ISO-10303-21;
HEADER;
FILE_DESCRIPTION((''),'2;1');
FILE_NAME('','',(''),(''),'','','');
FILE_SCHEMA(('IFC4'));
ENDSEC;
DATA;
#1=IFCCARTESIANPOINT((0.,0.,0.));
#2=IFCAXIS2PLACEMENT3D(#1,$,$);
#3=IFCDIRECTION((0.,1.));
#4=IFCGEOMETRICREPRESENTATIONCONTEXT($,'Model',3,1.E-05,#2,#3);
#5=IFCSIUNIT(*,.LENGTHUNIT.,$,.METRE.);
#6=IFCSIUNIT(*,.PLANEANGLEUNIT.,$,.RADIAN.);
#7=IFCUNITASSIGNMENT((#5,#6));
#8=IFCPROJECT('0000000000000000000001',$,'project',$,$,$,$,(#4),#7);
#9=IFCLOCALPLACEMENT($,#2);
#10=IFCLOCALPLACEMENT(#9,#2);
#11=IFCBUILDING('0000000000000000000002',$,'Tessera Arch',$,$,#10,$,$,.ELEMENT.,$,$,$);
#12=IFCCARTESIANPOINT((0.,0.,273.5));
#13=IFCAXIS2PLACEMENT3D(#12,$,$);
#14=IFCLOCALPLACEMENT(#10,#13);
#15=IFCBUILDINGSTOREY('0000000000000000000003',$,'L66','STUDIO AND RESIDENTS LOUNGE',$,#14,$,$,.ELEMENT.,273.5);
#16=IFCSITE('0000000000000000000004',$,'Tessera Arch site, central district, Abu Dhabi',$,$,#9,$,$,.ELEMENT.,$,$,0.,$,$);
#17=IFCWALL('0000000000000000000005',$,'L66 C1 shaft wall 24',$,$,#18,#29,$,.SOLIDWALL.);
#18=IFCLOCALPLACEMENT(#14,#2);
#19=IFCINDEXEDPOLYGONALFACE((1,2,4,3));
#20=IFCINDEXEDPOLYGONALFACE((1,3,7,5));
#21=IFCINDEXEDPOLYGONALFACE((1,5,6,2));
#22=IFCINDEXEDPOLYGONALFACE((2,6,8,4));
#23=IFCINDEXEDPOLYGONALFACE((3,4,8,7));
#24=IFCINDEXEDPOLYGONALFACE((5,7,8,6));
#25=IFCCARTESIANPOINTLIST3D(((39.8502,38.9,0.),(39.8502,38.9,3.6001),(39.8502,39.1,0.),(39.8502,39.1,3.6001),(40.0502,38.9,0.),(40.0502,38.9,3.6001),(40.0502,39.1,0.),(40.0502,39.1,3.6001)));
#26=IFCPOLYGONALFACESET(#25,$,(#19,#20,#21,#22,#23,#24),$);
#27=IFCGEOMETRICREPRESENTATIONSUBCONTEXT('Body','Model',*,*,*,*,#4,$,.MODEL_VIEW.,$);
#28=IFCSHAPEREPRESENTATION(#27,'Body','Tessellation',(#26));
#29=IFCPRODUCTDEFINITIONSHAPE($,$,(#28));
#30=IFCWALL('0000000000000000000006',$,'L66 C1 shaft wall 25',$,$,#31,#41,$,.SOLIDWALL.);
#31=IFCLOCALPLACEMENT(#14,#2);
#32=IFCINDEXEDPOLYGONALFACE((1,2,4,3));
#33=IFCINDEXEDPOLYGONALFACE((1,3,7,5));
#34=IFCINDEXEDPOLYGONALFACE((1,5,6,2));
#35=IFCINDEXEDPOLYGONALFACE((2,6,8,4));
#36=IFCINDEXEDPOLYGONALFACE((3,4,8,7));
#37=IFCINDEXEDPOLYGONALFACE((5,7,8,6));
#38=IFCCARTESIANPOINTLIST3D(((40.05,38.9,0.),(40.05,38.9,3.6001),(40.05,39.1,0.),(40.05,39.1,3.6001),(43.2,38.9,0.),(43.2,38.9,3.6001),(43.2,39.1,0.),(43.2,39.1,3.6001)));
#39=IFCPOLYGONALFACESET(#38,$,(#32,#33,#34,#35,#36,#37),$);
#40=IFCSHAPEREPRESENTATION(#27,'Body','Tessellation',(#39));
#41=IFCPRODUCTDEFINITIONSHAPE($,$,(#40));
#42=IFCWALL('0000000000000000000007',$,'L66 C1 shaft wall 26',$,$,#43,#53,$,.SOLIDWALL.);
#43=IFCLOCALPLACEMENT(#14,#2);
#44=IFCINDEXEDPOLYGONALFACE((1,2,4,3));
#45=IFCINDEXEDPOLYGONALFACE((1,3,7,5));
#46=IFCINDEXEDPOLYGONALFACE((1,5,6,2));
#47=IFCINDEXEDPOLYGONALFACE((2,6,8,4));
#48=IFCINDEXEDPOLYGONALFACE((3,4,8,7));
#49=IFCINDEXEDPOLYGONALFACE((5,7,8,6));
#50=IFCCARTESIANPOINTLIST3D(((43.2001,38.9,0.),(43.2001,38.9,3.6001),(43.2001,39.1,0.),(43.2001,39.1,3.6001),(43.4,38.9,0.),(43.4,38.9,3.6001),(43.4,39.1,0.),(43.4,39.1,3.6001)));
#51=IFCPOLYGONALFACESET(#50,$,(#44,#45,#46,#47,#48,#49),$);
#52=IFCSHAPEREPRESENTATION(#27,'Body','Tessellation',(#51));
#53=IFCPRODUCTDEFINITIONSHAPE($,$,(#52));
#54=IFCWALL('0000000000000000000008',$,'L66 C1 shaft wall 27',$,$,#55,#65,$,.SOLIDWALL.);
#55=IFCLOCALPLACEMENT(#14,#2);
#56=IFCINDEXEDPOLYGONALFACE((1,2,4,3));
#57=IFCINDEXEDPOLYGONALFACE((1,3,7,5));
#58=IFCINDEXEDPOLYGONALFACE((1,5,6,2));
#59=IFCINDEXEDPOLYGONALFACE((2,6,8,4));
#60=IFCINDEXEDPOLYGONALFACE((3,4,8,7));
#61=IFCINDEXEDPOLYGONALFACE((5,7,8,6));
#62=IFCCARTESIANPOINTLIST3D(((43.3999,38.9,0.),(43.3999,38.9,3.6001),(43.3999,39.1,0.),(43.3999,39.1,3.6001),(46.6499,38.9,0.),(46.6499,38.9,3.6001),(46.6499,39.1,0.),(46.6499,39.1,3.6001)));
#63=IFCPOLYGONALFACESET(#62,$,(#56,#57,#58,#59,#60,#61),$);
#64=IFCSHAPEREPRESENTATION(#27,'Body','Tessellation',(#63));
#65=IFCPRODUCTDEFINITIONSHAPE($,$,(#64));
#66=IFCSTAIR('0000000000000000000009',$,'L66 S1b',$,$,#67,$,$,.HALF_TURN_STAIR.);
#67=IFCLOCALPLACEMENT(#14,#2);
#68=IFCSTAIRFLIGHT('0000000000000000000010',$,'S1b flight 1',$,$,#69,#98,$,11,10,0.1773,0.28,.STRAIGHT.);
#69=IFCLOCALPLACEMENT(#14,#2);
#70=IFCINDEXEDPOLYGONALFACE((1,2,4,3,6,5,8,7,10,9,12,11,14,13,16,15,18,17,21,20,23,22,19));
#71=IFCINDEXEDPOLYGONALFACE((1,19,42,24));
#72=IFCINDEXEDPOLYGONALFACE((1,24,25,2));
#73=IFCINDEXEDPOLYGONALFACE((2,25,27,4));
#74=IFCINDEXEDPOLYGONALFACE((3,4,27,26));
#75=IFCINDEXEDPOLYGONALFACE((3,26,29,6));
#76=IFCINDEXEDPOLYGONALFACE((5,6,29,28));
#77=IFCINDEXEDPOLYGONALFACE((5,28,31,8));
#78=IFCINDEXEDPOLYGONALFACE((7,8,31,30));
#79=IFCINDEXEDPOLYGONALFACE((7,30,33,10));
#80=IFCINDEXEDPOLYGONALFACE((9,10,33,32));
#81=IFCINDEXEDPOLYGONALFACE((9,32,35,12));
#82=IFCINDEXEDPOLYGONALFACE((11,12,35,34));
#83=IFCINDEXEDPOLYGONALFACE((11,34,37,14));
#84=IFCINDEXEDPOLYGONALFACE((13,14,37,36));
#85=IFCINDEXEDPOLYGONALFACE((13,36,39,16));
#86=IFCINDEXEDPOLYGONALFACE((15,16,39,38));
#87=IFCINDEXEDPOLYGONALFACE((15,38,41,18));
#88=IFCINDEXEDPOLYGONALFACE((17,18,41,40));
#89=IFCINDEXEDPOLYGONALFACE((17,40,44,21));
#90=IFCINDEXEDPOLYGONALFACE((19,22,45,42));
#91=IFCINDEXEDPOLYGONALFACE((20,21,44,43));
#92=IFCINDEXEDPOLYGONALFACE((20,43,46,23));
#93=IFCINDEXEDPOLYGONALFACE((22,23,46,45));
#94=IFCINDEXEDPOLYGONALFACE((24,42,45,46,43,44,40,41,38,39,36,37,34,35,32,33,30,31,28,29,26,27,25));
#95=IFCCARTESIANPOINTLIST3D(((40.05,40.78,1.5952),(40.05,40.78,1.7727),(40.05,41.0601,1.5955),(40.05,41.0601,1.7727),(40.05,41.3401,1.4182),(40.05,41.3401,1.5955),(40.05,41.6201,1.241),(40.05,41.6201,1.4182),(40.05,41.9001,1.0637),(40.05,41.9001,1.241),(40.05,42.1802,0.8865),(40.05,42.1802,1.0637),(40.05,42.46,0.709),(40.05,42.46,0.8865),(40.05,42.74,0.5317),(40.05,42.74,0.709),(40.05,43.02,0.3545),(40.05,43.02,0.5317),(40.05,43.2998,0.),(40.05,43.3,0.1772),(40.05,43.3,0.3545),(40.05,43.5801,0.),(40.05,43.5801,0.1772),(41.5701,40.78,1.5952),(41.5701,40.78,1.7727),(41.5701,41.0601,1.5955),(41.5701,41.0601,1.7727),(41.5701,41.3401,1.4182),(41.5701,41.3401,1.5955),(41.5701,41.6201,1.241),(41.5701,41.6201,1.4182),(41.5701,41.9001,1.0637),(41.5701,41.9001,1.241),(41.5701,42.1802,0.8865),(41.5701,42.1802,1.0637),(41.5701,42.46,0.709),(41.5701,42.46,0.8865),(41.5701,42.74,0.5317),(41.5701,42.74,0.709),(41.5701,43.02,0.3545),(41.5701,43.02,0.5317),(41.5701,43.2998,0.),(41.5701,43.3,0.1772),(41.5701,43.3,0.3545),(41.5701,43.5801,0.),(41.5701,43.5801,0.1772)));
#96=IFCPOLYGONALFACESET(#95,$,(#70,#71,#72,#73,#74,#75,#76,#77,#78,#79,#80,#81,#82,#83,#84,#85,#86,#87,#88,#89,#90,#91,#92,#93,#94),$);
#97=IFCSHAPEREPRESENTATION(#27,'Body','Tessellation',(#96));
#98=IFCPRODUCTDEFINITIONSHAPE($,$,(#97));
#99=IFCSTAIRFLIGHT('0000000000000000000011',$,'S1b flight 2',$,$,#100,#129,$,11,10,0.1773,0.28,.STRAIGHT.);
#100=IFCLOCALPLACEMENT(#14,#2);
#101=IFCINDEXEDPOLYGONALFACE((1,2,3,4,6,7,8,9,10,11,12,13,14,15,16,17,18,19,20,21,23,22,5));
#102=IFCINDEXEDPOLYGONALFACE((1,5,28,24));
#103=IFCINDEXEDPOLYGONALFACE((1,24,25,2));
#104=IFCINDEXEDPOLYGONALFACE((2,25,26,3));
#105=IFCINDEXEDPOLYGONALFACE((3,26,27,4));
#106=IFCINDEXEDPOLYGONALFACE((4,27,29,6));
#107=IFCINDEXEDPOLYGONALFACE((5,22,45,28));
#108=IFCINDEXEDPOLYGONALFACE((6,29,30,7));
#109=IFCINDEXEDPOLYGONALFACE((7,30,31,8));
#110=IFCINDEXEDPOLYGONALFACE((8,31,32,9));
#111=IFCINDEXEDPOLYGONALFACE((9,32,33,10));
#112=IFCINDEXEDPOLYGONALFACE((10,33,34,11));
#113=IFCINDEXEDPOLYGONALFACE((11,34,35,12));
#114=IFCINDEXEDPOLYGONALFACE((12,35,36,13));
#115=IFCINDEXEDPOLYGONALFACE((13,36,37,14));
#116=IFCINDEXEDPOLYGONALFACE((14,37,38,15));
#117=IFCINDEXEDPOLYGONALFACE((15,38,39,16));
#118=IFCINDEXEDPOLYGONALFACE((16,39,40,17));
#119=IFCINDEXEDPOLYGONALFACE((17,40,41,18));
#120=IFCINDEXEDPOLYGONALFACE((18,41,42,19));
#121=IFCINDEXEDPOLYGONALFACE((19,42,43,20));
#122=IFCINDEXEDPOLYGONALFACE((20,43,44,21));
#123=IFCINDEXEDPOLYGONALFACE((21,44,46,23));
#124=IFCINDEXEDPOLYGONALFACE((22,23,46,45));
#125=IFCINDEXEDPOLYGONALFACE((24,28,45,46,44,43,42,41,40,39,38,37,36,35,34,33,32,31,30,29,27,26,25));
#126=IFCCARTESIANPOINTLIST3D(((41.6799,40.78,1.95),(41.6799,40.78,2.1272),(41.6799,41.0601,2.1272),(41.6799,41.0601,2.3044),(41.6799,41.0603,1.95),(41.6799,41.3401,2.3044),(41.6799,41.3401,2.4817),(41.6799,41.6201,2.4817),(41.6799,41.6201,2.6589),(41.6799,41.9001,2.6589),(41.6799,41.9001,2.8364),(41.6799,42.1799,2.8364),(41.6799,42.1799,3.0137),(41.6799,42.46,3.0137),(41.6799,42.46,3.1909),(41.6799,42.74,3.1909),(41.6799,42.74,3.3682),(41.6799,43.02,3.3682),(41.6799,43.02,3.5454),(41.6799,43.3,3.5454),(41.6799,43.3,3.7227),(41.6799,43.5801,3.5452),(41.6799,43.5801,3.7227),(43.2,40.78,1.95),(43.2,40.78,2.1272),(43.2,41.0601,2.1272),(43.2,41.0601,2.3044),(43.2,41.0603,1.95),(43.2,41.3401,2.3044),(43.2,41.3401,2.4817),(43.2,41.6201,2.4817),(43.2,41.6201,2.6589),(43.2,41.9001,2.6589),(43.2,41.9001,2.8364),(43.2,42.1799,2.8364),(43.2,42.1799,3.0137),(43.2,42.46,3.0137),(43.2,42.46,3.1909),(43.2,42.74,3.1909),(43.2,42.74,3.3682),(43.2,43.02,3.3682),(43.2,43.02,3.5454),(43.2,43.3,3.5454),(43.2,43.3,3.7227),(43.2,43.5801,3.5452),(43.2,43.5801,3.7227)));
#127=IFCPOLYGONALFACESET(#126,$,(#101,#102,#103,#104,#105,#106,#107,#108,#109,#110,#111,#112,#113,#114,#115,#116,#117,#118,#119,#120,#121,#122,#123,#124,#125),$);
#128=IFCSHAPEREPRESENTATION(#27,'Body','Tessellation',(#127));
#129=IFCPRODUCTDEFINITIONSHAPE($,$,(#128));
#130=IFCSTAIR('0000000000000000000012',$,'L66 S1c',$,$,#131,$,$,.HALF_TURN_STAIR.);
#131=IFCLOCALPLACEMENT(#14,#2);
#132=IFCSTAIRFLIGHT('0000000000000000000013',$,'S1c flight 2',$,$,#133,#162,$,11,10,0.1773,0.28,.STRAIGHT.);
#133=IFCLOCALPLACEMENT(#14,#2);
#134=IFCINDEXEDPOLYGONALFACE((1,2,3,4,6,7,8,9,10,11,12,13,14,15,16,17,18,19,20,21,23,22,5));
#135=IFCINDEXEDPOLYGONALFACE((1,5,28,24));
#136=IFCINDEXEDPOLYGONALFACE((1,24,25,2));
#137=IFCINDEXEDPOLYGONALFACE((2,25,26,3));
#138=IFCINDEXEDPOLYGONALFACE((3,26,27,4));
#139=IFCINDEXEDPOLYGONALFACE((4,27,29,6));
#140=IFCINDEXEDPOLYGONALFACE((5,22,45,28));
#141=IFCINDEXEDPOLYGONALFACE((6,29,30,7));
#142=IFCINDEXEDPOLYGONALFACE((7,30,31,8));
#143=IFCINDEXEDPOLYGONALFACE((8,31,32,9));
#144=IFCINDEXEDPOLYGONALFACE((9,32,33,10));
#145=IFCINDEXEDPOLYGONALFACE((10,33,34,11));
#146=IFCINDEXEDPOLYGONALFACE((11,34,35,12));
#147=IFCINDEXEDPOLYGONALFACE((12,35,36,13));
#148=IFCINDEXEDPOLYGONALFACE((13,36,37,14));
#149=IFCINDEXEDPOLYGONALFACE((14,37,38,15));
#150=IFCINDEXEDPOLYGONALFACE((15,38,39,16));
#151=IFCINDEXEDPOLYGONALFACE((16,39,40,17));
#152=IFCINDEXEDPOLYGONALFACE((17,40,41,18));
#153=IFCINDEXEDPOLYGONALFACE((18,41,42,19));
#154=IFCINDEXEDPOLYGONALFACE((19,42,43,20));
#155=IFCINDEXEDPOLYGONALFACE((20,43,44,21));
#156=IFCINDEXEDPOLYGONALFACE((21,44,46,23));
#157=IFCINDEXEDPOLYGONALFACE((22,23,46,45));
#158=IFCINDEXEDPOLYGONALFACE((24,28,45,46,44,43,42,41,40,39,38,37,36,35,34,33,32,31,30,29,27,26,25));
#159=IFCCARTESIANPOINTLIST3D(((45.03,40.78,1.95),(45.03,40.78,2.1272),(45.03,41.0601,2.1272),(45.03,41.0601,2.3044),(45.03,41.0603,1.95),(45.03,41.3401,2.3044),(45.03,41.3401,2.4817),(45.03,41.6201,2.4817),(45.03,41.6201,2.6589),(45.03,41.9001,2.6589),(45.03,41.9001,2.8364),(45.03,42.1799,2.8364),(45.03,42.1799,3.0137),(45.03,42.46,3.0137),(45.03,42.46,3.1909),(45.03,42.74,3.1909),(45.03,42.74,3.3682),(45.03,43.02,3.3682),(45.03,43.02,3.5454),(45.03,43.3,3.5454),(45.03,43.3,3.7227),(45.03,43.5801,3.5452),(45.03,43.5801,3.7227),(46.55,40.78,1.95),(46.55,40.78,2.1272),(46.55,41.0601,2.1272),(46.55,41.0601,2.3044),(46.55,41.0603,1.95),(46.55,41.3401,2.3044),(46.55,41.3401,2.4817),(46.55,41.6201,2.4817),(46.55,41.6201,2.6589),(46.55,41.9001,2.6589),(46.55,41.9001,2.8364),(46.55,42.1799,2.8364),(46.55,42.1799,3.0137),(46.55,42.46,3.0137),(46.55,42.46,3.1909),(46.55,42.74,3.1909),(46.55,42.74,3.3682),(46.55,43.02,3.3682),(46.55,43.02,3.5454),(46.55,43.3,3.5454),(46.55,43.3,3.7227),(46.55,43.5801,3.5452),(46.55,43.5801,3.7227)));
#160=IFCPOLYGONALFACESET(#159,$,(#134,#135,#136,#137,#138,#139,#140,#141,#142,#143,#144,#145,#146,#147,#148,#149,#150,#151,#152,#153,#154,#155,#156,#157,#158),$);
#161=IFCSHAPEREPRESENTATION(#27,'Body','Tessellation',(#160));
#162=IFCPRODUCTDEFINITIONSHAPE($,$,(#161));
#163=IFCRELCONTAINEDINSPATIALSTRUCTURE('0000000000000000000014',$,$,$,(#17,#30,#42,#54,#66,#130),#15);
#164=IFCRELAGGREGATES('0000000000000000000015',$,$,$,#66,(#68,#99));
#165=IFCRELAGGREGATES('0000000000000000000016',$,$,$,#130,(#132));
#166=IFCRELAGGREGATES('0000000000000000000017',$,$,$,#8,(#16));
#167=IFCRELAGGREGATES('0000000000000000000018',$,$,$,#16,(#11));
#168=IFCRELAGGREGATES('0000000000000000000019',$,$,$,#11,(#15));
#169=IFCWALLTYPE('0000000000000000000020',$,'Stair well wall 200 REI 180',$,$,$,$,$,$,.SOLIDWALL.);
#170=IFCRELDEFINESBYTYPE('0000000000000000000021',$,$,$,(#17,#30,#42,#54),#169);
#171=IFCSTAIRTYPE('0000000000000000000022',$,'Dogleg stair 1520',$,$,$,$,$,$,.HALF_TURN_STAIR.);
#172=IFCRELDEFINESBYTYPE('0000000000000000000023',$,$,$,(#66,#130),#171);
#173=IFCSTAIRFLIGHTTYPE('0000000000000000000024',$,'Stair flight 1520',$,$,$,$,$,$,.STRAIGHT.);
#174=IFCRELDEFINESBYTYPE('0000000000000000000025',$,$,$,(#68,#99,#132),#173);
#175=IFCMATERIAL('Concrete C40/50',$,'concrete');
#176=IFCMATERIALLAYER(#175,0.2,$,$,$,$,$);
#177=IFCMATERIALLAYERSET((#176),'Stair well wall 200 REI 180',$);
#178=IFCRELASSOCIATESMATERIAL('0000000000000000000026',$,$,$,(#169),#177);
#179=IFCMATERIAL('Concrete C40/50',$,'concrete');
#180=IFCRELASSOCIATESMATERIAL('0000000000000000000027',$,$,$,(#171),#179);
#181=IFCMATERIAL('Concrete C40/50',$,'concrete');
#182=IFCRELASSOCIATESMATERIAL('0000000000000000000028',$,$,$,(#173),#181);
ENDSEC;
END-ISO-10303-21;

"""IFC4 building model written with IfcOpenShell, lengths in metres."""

from ifc_helpers import new_model, si_unit, direction, frame, frame_2d, origin, place, context, subcontext, project, spatial, polyline, rectangle, outline, extrude, material, layer, layer_set, type_object, element, aggregate, save


model = new_model("IFC4")

# Units and contexts
model_context = context("Model", 3, precision=1e-05, world=origin(), true_north=direction((0.0, 1.0)))
body_context = subcontext(model_context, "Body", "Model", "MODEL_VIEW")
ifc_project = project(units=[si_unit("LENGTHUNIT", "METRE"), si_unit("PLANEANGLEUNIT", "RADIAN")], contexts=[model_context])

# Site, building, storey
site_placement = place(None, origin())
site = spatial("IfcSite", under=ifc_project, at=site_placement, Name="Tessera Arch site, central district, Abu Dhabi", CompositionType="ELEMENT", RefElevation=0.0)
building_placement = place(site_placement, origin())
building = spatial("IfcBuilding", under=site, at=building_placement, Name="Tessera Arch", CompositionType="ELEMENT")
storey_placement = place(building_placement, frame((0.0, 0.0, 273.5)))
storey = spatial("IfcBuildingStorey", under=building, at=storey_placement, Name="L66", Description="STUDIO AND RESIDENTS LOUNGE", CompositionType="ELEMENT", Elevation=273.5)

# Walls
ifc_material_1 = material(Name="Concrete C40/50", Category="concrete")
ifc_layer_1 = layer(ifc_material_1, 0.2)
ifc_layer_set_1 = layer_set([ifc_layer_1], Name="Stair well wall 200 REI 180")
wall_type_1 = type_object("IfcWallType", Name="Stair well wall 200 REI 180", PredefinedType="SOLIDWALL", material=ifc_layer_set_1)
wall_1_placement = place(storey_placement, frame((39.8501, 39.0, 0.0), z_axis=(0.0, 0.0, 1.0), x_axis=(1.0, 0.0, 0.0)))
element("IfcWall", 1, at=wall_1_placement, inside=storey, type_object=wall_type_1, Name="L66 C1 shaft wall 24", PredefinedType="SOLIDWALL", context=body_context, shape_type="SweptSolid", body=[
    extrude(rectangle(XDim=0.2, YDim=0.2, at=frame_2d((0.1001, 0.0))), origin(), (0.0, 0.0, 1.0), 3.6001),
])
wall_2_placement = place(storey_placement, frame((40.05, 39.0, 0.0), z_axis=(0.0, 0.0, 1.0), x_axis=(1.0, 0.0, 0.0)))
element("IfcWall", 2, at=wall_2_placement, inside=storey, type_object=wall_type_1, Name="L66 C1 shaft wall 25", PredefinedType="SOLIDWALL", context=body_context, shape_type="SweptSolid", body=[
    extrude(rectangle(XDim=3.1499, YDim=0.2, at=frame_2d((1.575, 0.0))), origin(), (0.0, 0.0, 1.0), 3.6001),
])
wall_3_placement = place(storey_placement, frame((43.2, 39.0, 0.0), z_axis=(0.0, 0.0, 1.0), x_axis=(1.0, 0.0, 0.0)))
element("IfcWall", 3, at=wall_3_placement, inside=storey, type_object=wall_type_1, Name="L66 C1 shaft wall 26", PredefinedType="SOLIDWALL", context=body_context, shape_type="SweptSolid", body=[
    extrude(rectangle(XDim=0.2, YDim=0.2, at=frame_2d((0.1001, 0.0))), origin(), (0.0, 0.0, 1.0), 3.6001),
])
wall_4_placement = place(storey_placement, frame((43.3999, 39.0, 0.0), z_axis=(0.0, 0.0, 1.0), x_axis=(1.0, 0.0, 0.0)))
element("IfcWall", 4, at=wall_4_placement, inside=storey, type_object=wall_type_1, Name="L66 C1 shaft wall 27", PredefinedType="SOLIDWALL", context=body_context, shape_type="SweptSolid", body=[
    extrude(rectangle(XDim=3.25, YDim=0.2, at=frame_2d((1.625, 0.0))), origin(), (0.0, 0.0, 1.0), 3.6001),
])

# Stair, stair flights
ifc_material_2 = material(Name="Concrete C40/50", Category="concrete")
stair_type = type_object("IfcStairType", Name="Dogleg stair 1520", PredefinedType="HALF_TURN_STAIR", material=ifc_material_2)
stair_1_placement = place(storey_placement, origin())
stair_1 = element("IfcStair", 5, at=stair_1_placement, inside=storey, type_object=stair_type, Name="L66 S1b", PredefinedType="HALF_TURN_STAIR")
ifc_material_3 = material(Name="Concrete C40/50", Category="concrete")
stair_flight_type = type_object("IfcStairFlightType", Name="Stair flight 1520", PredefinedType="STRAIGHT", material=ifc_material_3)
stair_flight_1_placement = place(storey_placement, frame((40.8101, 43.5801, 0.0), z_axis=(0.0, 0.0, 1.0), x_axis=(0.0, -1.0, 0.0)))
stair_flight_1 = element("IfcStairFlight", 6, at=stair_flight_1_placement, type_object=stair_flight_type, Name="S1b flight 1", NumberOfRisers=11, NumberOfTreads=10, PredefinedType="STRAIGHT", RiserHeight=0.1773, TreadLength=0.28, context=body_context, shape_type="SweptSolid", body=[
    extrude(outline(polyline([(0.0, 0.0), (0.0, 0.1772), (0.28, 0.1772), (0.28, 0.3545), (0.5601, 0.3545), (0.5601, 0.5317), (0.8401, 0.5317), (0.8401, 0.709), (1.1201, 0.709), (1.1201, 0.8865), (1.3999, 0.8865), (1.3999, 1.0637), (1.6799, 1.0637), (1.6799, 1.241), (1.96, 1.241), (1.96, 1.4182), (2.24, 1.4182), (2.24, 1.5955), (2.52, 1.5955), (2.52, 1.7727), (2.8, 1.7727), (2.8, 1.95), (2.8, 1.5952), (0.2803, 0.0), (0.0, 0.0)])), frame((0.0, 0.76, 0.0), z_axis=(0.0, -1.0, 0.0), x_axis=(1.0, 0.0, 0.0)), (0.0, 0.0, 1.0), 1.52),
])
stair_flight_2_placement = place(storey_placement, frame((42.4399, 40.78, 1.95), z_axis=(0.0, 0.0, 1.0), x_axis=(0.0, 1.0, 0.0)))
stair_flight_2 = element("IfcStairFlight", 7, at=stair_flight_2_placement, type_object=stair_flight_type, Name="S1b flight 2", NumberOfRisers=11, NumberOfTreads=10, PredefinedType="STRAIGHT", RiserHeight=0.1773, TreadLength=0.28, context=body_context, shape_type="SweptSolid", body=[
    extrude(outline(polyline([(0.0, 0.0), (0.0, 0.1772), (0.28, 0.1772), (0.28, 0.3545), (0.5601, 0.3545), (0.5601, 0.5317), (0.8401, 0.5317), (0.8401, 0.709), (1.1201, 0.709), (1.1201, 0.8865), (1.3999, 0.8865), (1.3999, 1.0637), (1.6799, 1.0637), (1.6799, 1.241), (1.96, 1.241), (1.96, 1.4182), (2.24, 1.4182), (2.24, 1.5955), (2.52, 1.5955), (2.52, 1.7727), (2.8, 1.7727), (2.8, 1.95), (2.8, 1.5952), (0.2803, 0.0), (0.0, 0.0)])), frame((0.0, 0.76, 0.0), z_axis=(0.0, -1.0, 0.0), x_axis=(1.0, 0.0, 0.0)), (0.0, 0.0, 1.0), 1.52),
])
aggregate(stair_1, [stair_flight_1, stair_flight_2])

# Stair, stair flight
stair_2_placement = place(storey_placement, origin())
stair_2 = element("IfcStair", 8, at=stair_2_placement, inside=storey, type_object=stair_type, Name="L66 S1c", PredefinedType="HALF_TURN_STAIR")
stair_flight_3_placement = place(storey_placement, frame((45.79, 40.78, 1.95), z_axis=(0.0, 0.0, 1.0), x_axis=(0.0, 1.0, 0.0)))
stair_flight_3 = element("IfcStairFlight", 9, at=stair_flight_3_placement, type_object=stair_flight_type, Name="S1c flight 2", NumberOfRisers=11, NumberOfTreads=10, PredefinedType="STRAIGHT", RiserHeight=0.1773, TreadLength=0.28, context=body_context, shape_type="SweptSolid", body=[
    extrude(outline(polyline([(0.0, 0.0), (0.0, 0.1772), (0.28, 0.1772), (0.28, 0.3545), (0.5601, 0.3545), (0.5601, 0.5317), (0.8401, 0.5317), (0.8401, 0.709), (1.1201, 0.709), (1.1201, 0.8865), (1.3999, 0.8865), (1.3999, 1.0637), (1.6799, 1.0637), (1.6799, 1.241), (1.96, 1.241), (1.96, 1.4182), (2.24, 1.4182), (2.24, 1.5955), (2.52, 1.5955), (2.52, 1.7727), (2.8, 1.7727), (2.8, 1.95), (2.8, 1.5952), (0.2803, 0.0), (0.0, 0.0)])), frame((0.0, 0.76, 0.0), z_axis=(0.0, -1.0, 0.0), x_axis=(1.0, 0.0, 0.0)), (0.0, 0.0, 1.0), 1.52),
])
aggregate(stair_2, [stair_flight_3])

save(model, "model.ifc")
